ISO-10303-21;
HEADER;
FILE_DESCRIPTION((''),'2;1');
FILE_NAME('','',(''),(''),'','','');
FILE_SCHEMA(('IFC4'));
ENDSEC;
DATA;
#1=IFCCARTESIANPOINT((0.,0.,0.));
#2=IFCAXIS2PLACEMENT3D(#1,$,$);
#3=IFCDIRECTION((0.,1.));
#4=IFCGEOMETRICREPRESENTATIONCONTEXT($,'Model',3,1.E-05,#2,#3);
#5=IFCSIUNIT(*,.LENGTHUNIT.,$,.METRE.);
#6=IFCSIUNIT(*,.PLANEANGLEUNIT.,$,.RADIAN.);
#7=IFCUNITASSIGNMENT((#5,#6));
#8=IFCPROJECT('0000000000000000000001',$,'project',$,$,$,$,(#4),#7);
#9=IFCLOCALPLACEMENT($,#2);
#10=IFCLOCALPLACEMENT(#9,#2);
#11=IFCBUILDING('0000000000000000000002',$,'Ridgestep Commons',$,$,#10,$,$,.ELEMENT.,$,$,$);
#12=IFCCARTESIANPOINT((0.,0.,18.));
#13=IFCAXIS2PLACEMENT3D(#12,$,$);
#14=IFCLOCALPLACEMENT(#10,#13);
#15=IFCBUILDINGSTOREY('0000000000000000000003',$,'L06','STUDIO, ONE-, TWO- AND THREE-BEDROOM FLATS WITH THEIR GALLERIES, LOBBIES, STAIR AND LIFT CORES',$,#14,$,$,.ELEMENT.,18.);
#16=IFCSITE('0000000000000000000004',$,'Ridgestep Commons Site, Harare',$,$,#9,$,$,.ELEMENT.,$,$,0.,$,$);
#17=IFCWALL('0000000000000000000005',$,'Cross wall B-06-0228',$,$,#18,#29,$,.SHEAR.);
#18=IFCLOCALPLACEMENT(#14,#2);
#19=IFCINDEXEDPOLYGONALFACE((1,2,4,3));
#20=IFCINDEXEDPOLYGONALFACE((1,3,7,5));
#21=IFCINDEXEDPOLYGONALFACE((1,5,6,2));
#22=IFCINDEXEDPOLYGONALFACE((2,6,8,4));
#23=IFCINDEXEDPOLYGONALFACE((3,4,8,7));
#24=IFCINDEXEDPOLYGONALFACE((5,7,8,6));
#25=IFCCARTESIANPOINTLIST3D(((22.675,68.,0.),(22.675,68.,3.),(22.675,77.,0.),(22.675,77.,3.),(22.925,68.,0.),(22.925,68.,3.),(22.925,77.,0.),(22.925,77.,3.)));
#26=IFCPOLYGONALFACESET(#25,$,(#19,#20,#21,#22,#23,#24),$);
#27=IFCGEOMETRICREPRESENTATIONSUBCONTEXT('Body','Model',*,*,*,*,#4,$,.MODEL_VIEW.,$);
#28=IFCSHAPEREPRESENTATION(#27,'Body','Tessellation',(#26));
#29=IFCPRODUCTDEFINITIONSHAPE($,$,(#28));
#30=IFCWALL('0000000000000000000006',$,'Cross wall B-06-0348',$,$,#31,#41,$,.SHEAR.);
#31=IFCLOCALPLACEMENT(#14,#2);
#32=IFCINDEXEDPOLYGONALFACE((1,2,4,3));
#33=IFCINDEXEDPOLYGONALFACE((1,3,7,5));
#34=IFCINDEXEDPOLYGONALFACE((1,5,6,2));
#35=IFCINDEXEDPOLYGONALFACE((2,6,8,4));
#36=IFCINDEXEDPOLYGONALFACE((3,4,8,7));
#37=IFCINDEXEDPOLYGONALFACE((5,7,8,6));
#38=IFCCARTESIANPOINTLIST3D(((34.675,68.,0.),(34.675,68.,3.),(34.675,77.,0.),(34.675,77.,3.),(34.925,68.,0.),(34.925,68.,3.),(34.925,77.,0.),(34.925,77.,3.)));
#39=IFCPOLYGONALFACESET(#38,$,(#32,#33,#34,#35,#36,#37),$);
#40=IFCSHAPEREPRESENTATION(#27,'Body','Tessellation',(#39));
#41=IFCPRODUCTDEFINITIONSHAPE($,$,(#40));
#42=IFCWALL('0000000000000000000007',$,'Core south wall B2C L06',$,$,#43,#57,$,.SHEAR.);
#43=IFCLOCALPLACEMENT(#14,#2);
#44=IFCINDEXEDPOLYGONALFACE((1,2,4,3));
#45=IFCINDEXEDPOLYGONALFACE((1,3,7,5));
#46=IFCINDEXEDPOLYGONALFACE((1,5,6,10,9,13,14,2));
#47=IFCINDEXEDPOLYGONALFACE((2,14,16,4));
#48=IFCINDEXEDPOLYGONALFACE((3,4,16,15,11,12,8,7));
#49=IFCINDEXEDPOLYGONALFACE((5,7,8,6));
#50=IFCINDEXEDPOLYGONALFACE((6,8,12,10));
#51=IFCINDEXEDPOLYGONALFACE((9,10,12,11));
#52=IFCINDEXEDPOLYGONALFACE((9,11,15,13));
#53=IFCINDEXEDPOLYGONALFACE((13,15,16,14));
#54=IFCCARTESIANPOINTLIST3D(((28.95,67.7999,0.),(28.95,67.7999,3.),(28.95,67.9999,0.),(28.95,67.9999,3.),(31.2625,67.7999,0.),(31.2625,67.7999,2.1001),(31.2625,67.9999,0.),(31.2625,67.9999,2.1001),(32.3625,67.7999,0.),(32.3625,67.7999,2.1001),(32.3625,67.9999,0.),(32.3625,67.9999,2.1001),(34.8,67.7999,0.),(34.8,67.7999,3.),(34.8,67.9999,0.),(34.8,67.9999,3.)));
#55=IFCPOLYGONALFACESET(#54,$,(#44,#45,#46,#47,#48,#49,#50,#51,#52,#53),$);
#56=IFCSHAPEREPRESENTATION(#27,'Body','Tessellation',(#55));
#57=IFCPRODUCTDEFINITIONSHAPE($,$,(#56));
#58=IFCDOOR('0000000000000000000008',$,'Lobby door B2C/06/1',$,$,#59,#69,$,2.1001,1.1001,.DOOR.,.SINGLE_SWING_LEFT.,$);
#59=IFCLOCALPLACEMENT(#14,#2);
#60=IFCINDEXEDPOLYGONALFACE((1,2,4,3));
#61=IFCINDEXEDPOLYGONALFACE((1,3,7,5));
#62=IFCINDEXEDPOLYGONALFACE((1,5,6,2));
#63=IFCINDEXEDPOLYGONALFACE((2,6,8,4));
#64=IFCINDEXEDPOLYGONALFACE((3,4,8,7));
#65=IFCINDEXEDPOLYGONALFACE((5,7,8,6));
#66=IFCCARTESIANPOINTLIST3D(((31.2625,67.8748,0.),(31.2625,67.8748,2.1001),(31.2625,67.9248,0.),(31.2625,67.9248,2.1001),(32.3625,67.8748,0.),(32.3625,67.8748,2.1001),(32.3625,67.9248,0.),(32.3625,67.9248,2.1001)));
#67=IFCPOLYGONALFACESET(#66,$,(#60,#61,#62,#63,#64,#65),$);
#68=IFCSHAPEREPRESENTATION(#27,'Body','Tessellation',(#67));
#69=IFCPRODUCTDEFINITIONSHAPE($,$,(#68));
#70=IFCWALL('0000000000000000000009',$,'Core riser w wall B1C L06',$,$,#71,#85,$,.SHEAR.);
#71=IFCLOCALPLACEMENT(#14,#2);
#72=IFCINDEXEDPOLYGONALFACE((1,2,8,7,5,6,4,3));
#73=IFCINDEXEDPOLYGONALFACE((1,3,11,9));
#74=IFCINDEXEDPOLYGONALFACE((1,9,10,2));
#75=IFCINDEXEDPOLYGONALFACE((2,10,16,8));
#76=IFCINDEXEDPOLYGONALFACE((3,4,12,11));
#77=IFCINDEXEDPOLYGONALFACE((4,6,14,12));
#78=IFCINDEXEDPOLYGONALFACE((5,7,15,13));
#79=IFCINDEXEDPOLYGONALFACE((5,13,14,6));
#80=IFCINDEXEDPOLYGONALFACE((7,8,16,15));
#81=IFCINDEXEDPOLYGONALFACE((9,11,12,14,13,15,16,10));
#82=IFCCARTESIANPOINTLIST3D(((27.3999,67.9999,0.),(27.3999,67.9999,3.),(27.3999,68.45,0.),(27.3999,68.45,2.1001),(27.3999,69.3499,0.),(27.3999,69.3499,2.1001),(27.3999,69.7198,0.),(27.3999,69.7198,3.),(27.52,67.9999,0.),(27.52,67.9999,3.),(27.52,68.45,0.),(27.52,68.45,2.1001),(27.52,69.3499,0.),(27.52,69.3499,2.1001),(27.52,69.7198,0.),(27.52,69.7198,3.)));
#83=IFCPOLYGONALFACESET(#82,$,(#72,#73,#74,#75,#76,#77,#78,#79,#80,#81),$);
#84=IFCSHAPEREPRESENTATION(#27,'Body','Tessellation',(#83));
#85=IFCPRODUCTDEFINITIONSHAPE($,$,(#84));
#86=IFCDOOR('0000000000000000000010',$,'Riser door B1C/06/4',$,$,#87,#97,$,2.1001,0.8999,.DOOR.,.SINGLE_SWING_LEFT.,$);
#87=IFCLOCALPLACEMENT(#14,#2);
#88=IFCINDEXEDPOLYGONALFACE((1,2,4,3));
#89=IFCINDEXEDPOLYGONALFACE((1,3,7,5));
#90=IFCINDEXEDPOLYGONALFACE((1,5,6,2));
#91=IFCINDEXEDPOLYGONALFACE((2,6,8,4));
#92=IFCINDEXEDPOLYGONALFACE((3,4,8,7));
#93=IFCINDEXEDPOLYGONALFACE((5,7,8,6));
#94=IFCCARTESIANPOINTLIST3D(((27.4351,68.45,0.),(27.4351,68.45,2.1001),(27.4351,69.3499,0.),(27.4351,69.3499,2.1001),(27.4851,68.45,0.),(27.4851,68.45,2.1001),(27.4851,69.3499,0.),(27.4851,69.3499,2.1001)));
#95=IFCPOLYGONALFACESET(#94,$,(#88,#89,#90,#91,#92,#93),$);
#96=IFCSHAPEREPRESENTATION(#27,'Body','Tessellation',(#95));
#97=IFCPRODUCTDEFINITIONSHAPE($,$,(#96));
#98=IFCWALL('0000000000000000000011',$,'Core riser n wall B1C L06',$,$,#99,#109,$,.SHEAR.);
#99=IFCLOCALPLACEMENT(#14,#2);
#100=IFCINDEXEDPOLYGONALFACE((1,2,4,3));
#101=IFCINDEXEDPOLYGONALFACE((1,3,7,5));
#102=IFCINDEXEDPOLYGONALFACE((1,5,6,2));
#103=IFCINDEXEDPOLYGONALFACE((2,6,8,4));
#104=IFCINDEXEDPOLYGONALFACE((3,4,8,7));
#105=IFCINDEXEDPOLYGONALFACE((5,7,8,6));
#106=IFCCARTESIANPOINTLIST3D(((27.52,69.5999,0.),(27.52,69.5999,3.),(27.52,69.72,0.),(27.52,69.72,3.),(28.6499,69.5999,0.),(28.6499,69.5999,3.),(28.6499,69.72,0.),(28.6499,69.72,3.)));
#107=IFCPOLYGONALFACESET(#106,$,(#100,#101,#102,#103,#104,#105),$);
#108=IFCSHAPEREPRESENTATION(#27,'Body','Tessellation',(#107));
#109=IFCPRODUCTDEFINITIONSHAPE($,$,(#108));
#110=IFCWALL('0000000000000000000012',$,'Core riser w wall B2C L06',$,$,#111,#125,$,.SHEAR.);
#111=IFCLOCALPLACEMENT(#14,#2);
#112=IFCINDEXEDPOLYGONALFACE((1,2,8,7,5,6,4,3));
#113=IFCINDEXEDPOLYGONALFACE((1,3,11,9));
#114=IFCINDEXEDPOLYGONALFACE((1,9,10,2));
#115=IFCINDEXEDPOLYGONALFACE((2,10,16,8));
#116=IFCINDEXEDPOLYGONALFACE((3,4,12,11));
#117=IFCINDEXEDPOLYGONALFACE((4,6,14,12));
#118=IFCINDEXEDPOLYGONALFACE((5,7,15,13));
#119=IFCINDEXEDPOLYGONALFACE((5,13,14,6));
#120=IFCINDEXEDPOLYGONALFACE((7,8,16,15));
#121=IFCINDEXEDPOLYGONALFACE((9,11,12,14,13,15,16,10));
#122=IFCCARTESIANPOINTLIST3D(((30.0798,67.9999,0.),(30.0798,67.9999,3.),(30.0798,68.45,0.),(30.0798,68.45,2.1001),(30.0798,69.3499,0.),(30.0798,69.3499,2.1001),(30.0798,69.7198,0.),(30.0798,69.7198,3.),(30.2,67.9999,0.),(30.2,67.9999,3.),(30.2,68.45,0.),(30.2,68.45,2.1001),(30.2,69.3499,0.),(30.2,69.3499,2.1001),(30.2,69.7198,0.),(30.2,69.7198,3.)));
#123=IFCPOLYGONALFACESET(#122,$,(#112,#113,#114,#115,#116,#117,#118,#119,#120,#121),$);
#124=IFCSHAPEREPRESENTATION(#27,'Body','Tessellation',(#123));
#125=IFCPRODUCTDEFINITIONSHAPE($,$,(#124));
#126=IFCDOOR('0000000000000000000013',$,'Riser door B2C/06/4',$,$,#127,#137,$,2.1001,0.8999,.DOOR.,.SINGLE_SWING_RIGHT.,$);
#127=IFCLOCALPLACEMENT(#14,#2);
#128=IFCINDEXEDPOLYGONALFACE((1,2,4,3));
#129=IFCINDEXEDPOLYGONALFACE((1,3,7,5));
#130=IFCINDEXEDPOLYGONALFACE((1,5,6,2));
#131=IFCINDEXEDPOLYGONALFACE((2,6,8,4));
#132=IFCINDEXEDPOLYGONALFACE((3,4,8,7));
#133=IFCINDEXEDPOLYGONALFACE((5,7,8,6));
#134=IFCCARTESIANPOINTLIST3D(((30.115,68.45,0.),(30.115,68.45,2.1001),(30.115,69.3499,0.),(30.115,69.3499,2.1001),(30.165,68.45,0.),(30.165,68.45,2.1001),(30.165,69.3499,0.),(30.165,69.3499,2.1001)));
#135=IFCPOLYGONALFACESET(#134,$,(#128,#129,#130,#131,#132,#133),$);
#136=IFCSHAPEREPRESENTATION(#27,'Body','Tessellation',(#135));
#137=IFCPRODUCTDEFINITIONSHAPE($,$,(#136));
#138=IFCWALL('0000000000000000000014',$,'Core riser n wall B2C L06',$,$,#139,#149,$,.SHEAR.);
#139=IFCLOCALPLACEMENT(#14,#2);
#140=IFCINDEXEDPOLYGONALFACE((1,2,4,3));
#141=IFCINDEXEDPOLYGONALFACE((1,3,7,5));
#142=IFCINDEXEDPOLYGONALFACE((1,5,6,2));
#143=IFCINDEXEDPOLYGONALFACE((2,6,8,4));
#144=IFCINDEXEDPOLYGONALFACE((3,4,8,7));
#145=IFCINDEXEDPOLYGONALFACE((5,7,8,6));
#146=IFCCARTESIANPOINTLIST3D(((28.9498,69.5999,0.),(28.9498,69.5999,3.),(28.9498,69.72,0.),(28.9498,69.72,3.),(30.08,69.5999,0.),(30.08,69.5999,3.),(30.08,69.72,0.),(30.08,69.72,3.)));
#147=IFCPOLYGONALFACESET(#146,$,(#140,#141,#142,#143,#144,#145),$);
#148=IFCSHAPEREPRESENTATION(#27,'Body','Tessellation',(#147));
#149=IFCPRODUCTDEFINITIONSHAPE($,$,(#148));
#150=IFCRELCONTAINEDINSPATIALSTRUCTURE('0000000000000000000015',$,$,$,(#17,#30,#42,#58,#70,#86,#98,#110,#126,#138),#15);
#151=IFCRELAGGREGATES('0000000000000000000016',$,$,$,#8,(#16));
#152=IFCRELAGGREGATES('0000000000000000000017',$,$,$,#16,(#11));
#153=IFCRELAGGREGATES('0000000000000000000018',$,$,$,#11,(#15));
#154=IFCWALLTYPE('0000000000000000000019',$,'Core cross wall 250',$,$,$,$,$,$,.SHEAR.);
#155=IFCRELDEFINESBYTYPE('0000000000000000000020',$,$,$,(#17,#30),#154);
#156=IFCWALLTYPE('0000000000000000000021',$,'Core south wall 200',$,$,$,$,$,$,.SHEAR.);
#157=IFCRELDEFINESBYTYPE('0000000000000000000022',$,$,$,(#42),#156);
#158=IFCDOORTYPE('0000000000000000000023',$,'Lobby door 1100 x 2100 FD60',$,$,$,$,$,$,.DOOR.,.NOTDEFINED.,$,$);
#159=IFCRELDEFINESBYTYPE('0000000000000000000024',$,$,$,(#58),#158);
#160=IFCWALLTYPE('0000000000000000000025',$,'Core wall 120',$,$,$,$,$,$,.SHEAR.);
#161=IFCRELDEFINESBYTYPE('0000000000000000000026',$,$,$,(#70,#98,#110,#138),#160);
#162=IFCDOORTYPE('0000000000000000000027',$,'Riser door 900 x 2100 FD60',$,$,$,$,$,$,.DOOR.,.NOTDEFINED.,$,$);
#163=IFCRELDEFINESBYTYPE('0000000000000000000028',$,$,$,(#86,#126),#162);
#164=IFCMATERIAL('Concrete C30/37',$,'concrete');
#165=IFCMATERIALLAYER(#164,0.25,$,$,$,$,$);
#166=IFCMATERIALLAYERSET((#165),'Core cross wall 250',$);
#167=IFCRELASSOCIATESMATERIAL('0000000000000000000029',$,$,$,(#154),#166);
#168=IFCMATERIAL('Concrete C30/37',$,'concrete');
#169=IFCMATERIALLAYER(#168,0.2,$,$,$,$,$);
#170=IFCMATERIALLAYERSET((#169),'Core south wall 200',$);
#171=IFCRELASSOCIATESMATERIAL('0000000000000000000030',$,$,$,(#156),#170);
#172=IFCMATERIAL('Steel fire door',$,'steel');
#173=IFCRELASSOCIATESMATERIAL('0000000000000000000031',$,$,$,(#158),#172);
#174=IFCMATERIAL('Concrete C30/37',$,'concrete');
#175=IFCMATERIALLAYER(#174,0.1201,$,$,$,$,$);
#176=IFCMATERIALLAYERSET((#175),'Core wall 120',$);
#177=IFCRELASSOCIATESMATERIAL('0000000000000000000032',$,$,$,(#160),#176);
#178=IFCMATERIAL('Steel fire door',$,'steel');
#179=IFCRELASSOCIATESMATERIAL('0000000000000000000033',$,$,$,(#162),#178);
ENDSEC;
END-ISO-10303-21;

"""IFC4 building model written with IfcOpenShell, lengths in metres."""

from ifc_helpers import new_model, si_unit, direction, frame, frame_2d, origin, place, context, subcontext, project, spatial, rectangle, extrude, material, layer, layer_set, type_object, element, fill, save


model = new_model("IFC4")

# Units and contexts
model_context = context("Model", 3, precision=1e-05, world=origin(), true_north=direction((0.0, 1.0)))
body_context = subcontext(model_context, "Body", "Model", "MODEL_VIEW")
ifc_project = project(units=[si_unit("LENGTHUNIT", "METRE"), si_unit("PLANEANGLEUNIT", "RADIAN")], contexts=[model_context])

# Site, building, storey
site_placement = place(None, origin())
site = spatial("IfcSite", under=ifc_project, at=site_placement, Name="Ridgestep Commons Site, Harare", CompositionType="ELEMENT", RefElevation=0.0)
building_placement = place(site_placement, origin())
building = spatial("IfcBuilding", under=site, at=building_placement, Name="Ridgestep Commons", CompositionType="ELEMENT")
storey_placement = place(building_placement, frame((0.0, 0.0, 18.0)))
storey = spatial("IfcBuildingStorey", under=building, at=storey_placement, Name="L06", Description="STUDIO, ONE-, TWO- AND THREE-BEDROOM FLATS WITH THEIR GALLERIES, LOBBIES, STAIR AND LIFT CORES", CompositionType="ELEMENT", Elevation=18.0)

# Walls
ifc_material_1 = material(Name="Concrete C30/37", Category="concrete")
ifc_layer_1 = layer(ifc_material_1, 0.25)
ifc_layer_set_1 = layer_set([ifc_layer_1], Name="Core cross wall 250")
wall_type_1 = type_object("IfcWallType", Name="Core cross wall 250", PredefinedType="SHEAR", material=ifc_layer_set_1)
for number, where, z_axis, x_axis, name in (
    (1, (22.8, 68.0, 0.0), (0.0, 0.0, 1.0), (0.0, 1.0, 0.0), "Cross wall B-06-0228"),
    (2, (34.8, 68.0, 0.0), (0.0, 0.0, 1.0), (0.0, 1.0, 0.0), "Cross wall B-06-0348"),
):
    element("IfcWall", number, at=place(storey_placement, frame(where, z_axis=z_axis, x_axis=x_axis)), inside=storey, type_object=wall_type_1, Name=name, PredefinedType="SHEAR", context=body_context, shape_type="SweptSolid", body=[
        extrude(rectangle(XDim=9.0, YDim=0.25, at=frame_2d((4.5, 0.0))), origin(), (0.0, 0.0, 1.0), 3.0),
    ])

# Walls, openings, doors
ifc_material_2 = material(Name="Concrete C30/37", Category="concrete")
ifc_layer_2 = layer(ifc_material_2, 0.2)
ifc_layer_set_2 = layer_set([ifc_layer_2], Name="Core south wall 200")
wall_type_2 = type_object("IfcWallType", Name="Core south wall 200", PredefinedType="SHEAR", material=ifc_layer_set_2)
wall_1_placement = place(storey_placement, frame((28.95, 67.8999, 0.0), z_axis=(0.0, 0.0, 1.0), x_axis=(1.0, 0.0, 0.0)))
wall_1 = element("IfcWall", 3, at=wall_1_placement, inside=storey, type_object=wall_type_2, Name="Core south wall B2C L06", PredefinedType="SHEAR", context=body_context, shape_type="SweptSolid", body=[
    extrude(rectangle(XDim=5.8501, YDim=0.2, at=frame_2d((2.925, 0.0))), origin(), (0.0, 0.0, 1.0), 3.0),
])
opening_1_placement = place(wall_1_placement, frame((2.3125, 0.0, 0.0)))
opening_1 = element("IfcOpeningElement", 4, at=opening_1_placement, cuts=wall_1, PredefinedType="OPENING", context=body_context, shape_type="SweptSolid", body=[
    extrude(rectangle(XDim=1.1001, YDim=2.1001, at=frame_2d((0.55, 1.05))), frame((0.0, 0.1099, 0.0), z_axis=(0.0, -1.0, 0.0), x_axis=(1.0, 0.0, 0.0)), (0.0, 0.0, 1.0), 0.22),
])
ifc_material_3 = material(Name="Steel fire door", Category="steel")
door_type_1 = type_object("IfcDoorType", Name="Lobby door 1100 x 2100 FD60", OperationType="NOTDEFINED", PredefinedType="DOOR", material=ifc_material_3)
door_1_placement = place(opening_1_placement, origin())
door_1 = element("IfcDoor", 5, at=door_1_placement, inside=storey, type_object=door_type_1, Name="Lobby door B2C/06/1", OperationType="SINGLE_SWING_LEFT", OverallHeight=2.1001, OverallWidth=1.1001, PredefinedType="DOOR", context=body_context, shape_type="SweptSolid", body=[
    extrude(rectangle(XDim=1.1001, YDim=2.1001, at=frame_2d((0.55, 1.05))), frame((0.0, 0.0249, 0.0), z_axis=(0.0, -1.0, 0.0), x_axis=(1.0, 0.0, 0.0)), (0.0, 0.0, 1.0), 0.05),
])
fill(opening_1, door_1)
ifc_material_4 = material(Name="Concrete C30/37", Category="concrete")
ifc_layer_3 = layer(ifc_material_4, 0.1201)
ifc_layer_set_3 = layer_set([ifc_layer_3], Name="Core wall 120")
wall_type_3 = type_object("IfcWallType", Name="Core wall 120", PredefinedType="SHEAR", material=ifc_layer_set_3)
wall_2_placement = place(storey_placement, frame((27.46, 68.0, 0.0), z_axis=(0.0, 0.0, 1.0), x_axis=(0.0, 1.0, 0.0)))
wall_2 = element("IfcWall", 6, at=wall_2_placement, inside=storey, type_object=wall_type_3, Name="Core riser w wall B1C L06", PredefinedType="SHEAR", context=body_context, shape_type="SweptSolid", body=[
    extrude(rectangle(XDim=1.72, YDim=0.1201, at=frame_2d((0.8599, 0.0))), origin(), (0.0, 0.0, 1.0), 3.0),
])
opening_2_placement = place(wall_2_placement, frame((0.45, 0.0, 0.0)))
opening_2 = element("IfcOpeningElement", 7, at=opening_2_placement, cuts=wall_2, PredefinedType="OPENING", context=body_context, shape_type="SweptSolid", body=[
    extrude(rectangle(XDim=0.8999, YDim=2.1001, at=frame_2d((0.45, 1.05))), frame((0.0, 0.0701, 0.0), z_axis=(0.0, -1.0, 0.0), x_axis=(1.0, 0.0, 0.0)), (0.0, 0.0, 1.0), 0.1401),
])
ifc_material_5 = material(Name="Steel fire door", Category="steel")
door_type_2 = type_object("IfcDoorType", Name="Riser door 900 x 2100 FD60", OperationType="NOTDEFINED", PredefinedType="DOOR", material=ifc_material_5)
door_2_placement = place(opening_2_placement, origin())
door_2 = element("IfcDoor", 8, at=door_2_placement, inside=storey, type_object=door_type_2, Name="Riser door B1C/06/4", OperationType="SINGLE_SWING_LEFT", OverallHeight=2.1001, OverallWidth=0.8999, PredefinedType="DOOR", context=body_context, shape_type="SweptSolid", body=[
    extrude(rectangle(XDim=0.8999, YDim=2.1001, at=frame_2d((0.45, 1.05))), frame((0.0, 0.0249, 0.0), z_axis=(0.0, -1.0, 0.0), x_axis=(1.0, 0.0, 0.0)), (0.0, 0.0, 1.0), 0.05),
])
fill(opening_2, door_2)

# Wall
wall_3_placement = place(storey_placement, frame((27.52, 69.6599, 0.0), z_axis=(0.0, 0.0, 1.0), x_axis=(1.0, 0.0, 0.0)))
element("IfcWall", 9, at=wall_3_placement, inside=storey, type_object=wall_type_3, Name="Core riser n wall B1C L06", PredefinedType="SHEAR", context=body_context, shape_type="SweptSolid", body=[
    extrude(rectangle(XDim=1.1299, YDim=0.1201, at=frame_2d((0.5649, 0.0))), origin(), (0.0, 0.0, 1.0), 3.0),
])

# Wall, opening, door
wall_4_placement = place(storey_placement, frame((30.1399, 68.0, 0.0), z_axis=(0.0, 0.0, 1.0), x_axis=(0.0, 1.0, 0.0)))
wall_4 = element("IfcWall", 10, at=wall_4_placement, inside=storey, type_object=wall_type_3, Name="Core riser w wall B2C L06", PredefinedType="SHEAR", context=body_context, shape_type="SweptSolid", body=[
    extrude(rectangle(XDim=1.72, YDim=0.1201, at=frame_2d((0.8599, 0.0))), origin(), (0.0, 0.0, 1.0), 3.0),
])
opening_3_placement = place(wall_4_placement, frame((0.45, 0.0, 0.0)))
opening_3 = element("IfcOpeningElement", 11, at=opening_3_placement, cuts=wall_4, PredefinedType="OPENING", context=body_context, shape_type="SweptSolid", body=[
    extrude(rectangle(XDim=0.8999, YDim=2.1001, at=frame_2d((0.45, 1.05))), frame((0.0, 0.0701, 0.0), z_axis=(0.0, -1.0, 0.0), x_axis=(1.0, 0.0, 0.0)), (0.0, 0.0, 1.0), 0.1401),
])
door_3_placement = place(opening_3_placement, origin())
door_3 = element("IfcDoor", 12, at=door_3_placement, inside=storey, type_object=door_type_2, Name="Riser door B2C/06/4", OperationType="SINGLE_SWING_RIGHT", OverallHeight=2.1001, OverallWidth=0.8999, PredefinedType="DOOR", context=body_context, shape_type="SweptSolid", body=[
    extrude(rectangle(XDim=0.8999, YDim=2.1001, at=frame_2d((0.45, 1.05))), frame((0.0, 0.0249, 0.0), z_axis=(0.0, -1.0, 0.0), x_axis=(1.0, 0.0, 0.0)), (0.0, 0.0, 1.0), 0.05),
])
fill(opening_3, door_3)

# Wall
wall_5_placement = place(storey_placement, frame((28.95, 69.6599, 0.0), z_axis=(0.0, 0.0, 1.0), x_axis=(1.0, 0.0, 0.0)))
element("IfcWall", 13, at=wall_5_placement, inside=storey, type_object=wall_type_3, Name="Core riser n wall B2C L06", PredefinedType="SHEAR", context=body_context, shape_type="SweptSolid", body=[
    extrude(rectangle(XDim=1.1301, YDim=0.1201, at=frame_2d((0.5649, 0.0))), origin(), (0.0, 0.0, 1.0), 3.0),
])

save(model, "model.ifc")
